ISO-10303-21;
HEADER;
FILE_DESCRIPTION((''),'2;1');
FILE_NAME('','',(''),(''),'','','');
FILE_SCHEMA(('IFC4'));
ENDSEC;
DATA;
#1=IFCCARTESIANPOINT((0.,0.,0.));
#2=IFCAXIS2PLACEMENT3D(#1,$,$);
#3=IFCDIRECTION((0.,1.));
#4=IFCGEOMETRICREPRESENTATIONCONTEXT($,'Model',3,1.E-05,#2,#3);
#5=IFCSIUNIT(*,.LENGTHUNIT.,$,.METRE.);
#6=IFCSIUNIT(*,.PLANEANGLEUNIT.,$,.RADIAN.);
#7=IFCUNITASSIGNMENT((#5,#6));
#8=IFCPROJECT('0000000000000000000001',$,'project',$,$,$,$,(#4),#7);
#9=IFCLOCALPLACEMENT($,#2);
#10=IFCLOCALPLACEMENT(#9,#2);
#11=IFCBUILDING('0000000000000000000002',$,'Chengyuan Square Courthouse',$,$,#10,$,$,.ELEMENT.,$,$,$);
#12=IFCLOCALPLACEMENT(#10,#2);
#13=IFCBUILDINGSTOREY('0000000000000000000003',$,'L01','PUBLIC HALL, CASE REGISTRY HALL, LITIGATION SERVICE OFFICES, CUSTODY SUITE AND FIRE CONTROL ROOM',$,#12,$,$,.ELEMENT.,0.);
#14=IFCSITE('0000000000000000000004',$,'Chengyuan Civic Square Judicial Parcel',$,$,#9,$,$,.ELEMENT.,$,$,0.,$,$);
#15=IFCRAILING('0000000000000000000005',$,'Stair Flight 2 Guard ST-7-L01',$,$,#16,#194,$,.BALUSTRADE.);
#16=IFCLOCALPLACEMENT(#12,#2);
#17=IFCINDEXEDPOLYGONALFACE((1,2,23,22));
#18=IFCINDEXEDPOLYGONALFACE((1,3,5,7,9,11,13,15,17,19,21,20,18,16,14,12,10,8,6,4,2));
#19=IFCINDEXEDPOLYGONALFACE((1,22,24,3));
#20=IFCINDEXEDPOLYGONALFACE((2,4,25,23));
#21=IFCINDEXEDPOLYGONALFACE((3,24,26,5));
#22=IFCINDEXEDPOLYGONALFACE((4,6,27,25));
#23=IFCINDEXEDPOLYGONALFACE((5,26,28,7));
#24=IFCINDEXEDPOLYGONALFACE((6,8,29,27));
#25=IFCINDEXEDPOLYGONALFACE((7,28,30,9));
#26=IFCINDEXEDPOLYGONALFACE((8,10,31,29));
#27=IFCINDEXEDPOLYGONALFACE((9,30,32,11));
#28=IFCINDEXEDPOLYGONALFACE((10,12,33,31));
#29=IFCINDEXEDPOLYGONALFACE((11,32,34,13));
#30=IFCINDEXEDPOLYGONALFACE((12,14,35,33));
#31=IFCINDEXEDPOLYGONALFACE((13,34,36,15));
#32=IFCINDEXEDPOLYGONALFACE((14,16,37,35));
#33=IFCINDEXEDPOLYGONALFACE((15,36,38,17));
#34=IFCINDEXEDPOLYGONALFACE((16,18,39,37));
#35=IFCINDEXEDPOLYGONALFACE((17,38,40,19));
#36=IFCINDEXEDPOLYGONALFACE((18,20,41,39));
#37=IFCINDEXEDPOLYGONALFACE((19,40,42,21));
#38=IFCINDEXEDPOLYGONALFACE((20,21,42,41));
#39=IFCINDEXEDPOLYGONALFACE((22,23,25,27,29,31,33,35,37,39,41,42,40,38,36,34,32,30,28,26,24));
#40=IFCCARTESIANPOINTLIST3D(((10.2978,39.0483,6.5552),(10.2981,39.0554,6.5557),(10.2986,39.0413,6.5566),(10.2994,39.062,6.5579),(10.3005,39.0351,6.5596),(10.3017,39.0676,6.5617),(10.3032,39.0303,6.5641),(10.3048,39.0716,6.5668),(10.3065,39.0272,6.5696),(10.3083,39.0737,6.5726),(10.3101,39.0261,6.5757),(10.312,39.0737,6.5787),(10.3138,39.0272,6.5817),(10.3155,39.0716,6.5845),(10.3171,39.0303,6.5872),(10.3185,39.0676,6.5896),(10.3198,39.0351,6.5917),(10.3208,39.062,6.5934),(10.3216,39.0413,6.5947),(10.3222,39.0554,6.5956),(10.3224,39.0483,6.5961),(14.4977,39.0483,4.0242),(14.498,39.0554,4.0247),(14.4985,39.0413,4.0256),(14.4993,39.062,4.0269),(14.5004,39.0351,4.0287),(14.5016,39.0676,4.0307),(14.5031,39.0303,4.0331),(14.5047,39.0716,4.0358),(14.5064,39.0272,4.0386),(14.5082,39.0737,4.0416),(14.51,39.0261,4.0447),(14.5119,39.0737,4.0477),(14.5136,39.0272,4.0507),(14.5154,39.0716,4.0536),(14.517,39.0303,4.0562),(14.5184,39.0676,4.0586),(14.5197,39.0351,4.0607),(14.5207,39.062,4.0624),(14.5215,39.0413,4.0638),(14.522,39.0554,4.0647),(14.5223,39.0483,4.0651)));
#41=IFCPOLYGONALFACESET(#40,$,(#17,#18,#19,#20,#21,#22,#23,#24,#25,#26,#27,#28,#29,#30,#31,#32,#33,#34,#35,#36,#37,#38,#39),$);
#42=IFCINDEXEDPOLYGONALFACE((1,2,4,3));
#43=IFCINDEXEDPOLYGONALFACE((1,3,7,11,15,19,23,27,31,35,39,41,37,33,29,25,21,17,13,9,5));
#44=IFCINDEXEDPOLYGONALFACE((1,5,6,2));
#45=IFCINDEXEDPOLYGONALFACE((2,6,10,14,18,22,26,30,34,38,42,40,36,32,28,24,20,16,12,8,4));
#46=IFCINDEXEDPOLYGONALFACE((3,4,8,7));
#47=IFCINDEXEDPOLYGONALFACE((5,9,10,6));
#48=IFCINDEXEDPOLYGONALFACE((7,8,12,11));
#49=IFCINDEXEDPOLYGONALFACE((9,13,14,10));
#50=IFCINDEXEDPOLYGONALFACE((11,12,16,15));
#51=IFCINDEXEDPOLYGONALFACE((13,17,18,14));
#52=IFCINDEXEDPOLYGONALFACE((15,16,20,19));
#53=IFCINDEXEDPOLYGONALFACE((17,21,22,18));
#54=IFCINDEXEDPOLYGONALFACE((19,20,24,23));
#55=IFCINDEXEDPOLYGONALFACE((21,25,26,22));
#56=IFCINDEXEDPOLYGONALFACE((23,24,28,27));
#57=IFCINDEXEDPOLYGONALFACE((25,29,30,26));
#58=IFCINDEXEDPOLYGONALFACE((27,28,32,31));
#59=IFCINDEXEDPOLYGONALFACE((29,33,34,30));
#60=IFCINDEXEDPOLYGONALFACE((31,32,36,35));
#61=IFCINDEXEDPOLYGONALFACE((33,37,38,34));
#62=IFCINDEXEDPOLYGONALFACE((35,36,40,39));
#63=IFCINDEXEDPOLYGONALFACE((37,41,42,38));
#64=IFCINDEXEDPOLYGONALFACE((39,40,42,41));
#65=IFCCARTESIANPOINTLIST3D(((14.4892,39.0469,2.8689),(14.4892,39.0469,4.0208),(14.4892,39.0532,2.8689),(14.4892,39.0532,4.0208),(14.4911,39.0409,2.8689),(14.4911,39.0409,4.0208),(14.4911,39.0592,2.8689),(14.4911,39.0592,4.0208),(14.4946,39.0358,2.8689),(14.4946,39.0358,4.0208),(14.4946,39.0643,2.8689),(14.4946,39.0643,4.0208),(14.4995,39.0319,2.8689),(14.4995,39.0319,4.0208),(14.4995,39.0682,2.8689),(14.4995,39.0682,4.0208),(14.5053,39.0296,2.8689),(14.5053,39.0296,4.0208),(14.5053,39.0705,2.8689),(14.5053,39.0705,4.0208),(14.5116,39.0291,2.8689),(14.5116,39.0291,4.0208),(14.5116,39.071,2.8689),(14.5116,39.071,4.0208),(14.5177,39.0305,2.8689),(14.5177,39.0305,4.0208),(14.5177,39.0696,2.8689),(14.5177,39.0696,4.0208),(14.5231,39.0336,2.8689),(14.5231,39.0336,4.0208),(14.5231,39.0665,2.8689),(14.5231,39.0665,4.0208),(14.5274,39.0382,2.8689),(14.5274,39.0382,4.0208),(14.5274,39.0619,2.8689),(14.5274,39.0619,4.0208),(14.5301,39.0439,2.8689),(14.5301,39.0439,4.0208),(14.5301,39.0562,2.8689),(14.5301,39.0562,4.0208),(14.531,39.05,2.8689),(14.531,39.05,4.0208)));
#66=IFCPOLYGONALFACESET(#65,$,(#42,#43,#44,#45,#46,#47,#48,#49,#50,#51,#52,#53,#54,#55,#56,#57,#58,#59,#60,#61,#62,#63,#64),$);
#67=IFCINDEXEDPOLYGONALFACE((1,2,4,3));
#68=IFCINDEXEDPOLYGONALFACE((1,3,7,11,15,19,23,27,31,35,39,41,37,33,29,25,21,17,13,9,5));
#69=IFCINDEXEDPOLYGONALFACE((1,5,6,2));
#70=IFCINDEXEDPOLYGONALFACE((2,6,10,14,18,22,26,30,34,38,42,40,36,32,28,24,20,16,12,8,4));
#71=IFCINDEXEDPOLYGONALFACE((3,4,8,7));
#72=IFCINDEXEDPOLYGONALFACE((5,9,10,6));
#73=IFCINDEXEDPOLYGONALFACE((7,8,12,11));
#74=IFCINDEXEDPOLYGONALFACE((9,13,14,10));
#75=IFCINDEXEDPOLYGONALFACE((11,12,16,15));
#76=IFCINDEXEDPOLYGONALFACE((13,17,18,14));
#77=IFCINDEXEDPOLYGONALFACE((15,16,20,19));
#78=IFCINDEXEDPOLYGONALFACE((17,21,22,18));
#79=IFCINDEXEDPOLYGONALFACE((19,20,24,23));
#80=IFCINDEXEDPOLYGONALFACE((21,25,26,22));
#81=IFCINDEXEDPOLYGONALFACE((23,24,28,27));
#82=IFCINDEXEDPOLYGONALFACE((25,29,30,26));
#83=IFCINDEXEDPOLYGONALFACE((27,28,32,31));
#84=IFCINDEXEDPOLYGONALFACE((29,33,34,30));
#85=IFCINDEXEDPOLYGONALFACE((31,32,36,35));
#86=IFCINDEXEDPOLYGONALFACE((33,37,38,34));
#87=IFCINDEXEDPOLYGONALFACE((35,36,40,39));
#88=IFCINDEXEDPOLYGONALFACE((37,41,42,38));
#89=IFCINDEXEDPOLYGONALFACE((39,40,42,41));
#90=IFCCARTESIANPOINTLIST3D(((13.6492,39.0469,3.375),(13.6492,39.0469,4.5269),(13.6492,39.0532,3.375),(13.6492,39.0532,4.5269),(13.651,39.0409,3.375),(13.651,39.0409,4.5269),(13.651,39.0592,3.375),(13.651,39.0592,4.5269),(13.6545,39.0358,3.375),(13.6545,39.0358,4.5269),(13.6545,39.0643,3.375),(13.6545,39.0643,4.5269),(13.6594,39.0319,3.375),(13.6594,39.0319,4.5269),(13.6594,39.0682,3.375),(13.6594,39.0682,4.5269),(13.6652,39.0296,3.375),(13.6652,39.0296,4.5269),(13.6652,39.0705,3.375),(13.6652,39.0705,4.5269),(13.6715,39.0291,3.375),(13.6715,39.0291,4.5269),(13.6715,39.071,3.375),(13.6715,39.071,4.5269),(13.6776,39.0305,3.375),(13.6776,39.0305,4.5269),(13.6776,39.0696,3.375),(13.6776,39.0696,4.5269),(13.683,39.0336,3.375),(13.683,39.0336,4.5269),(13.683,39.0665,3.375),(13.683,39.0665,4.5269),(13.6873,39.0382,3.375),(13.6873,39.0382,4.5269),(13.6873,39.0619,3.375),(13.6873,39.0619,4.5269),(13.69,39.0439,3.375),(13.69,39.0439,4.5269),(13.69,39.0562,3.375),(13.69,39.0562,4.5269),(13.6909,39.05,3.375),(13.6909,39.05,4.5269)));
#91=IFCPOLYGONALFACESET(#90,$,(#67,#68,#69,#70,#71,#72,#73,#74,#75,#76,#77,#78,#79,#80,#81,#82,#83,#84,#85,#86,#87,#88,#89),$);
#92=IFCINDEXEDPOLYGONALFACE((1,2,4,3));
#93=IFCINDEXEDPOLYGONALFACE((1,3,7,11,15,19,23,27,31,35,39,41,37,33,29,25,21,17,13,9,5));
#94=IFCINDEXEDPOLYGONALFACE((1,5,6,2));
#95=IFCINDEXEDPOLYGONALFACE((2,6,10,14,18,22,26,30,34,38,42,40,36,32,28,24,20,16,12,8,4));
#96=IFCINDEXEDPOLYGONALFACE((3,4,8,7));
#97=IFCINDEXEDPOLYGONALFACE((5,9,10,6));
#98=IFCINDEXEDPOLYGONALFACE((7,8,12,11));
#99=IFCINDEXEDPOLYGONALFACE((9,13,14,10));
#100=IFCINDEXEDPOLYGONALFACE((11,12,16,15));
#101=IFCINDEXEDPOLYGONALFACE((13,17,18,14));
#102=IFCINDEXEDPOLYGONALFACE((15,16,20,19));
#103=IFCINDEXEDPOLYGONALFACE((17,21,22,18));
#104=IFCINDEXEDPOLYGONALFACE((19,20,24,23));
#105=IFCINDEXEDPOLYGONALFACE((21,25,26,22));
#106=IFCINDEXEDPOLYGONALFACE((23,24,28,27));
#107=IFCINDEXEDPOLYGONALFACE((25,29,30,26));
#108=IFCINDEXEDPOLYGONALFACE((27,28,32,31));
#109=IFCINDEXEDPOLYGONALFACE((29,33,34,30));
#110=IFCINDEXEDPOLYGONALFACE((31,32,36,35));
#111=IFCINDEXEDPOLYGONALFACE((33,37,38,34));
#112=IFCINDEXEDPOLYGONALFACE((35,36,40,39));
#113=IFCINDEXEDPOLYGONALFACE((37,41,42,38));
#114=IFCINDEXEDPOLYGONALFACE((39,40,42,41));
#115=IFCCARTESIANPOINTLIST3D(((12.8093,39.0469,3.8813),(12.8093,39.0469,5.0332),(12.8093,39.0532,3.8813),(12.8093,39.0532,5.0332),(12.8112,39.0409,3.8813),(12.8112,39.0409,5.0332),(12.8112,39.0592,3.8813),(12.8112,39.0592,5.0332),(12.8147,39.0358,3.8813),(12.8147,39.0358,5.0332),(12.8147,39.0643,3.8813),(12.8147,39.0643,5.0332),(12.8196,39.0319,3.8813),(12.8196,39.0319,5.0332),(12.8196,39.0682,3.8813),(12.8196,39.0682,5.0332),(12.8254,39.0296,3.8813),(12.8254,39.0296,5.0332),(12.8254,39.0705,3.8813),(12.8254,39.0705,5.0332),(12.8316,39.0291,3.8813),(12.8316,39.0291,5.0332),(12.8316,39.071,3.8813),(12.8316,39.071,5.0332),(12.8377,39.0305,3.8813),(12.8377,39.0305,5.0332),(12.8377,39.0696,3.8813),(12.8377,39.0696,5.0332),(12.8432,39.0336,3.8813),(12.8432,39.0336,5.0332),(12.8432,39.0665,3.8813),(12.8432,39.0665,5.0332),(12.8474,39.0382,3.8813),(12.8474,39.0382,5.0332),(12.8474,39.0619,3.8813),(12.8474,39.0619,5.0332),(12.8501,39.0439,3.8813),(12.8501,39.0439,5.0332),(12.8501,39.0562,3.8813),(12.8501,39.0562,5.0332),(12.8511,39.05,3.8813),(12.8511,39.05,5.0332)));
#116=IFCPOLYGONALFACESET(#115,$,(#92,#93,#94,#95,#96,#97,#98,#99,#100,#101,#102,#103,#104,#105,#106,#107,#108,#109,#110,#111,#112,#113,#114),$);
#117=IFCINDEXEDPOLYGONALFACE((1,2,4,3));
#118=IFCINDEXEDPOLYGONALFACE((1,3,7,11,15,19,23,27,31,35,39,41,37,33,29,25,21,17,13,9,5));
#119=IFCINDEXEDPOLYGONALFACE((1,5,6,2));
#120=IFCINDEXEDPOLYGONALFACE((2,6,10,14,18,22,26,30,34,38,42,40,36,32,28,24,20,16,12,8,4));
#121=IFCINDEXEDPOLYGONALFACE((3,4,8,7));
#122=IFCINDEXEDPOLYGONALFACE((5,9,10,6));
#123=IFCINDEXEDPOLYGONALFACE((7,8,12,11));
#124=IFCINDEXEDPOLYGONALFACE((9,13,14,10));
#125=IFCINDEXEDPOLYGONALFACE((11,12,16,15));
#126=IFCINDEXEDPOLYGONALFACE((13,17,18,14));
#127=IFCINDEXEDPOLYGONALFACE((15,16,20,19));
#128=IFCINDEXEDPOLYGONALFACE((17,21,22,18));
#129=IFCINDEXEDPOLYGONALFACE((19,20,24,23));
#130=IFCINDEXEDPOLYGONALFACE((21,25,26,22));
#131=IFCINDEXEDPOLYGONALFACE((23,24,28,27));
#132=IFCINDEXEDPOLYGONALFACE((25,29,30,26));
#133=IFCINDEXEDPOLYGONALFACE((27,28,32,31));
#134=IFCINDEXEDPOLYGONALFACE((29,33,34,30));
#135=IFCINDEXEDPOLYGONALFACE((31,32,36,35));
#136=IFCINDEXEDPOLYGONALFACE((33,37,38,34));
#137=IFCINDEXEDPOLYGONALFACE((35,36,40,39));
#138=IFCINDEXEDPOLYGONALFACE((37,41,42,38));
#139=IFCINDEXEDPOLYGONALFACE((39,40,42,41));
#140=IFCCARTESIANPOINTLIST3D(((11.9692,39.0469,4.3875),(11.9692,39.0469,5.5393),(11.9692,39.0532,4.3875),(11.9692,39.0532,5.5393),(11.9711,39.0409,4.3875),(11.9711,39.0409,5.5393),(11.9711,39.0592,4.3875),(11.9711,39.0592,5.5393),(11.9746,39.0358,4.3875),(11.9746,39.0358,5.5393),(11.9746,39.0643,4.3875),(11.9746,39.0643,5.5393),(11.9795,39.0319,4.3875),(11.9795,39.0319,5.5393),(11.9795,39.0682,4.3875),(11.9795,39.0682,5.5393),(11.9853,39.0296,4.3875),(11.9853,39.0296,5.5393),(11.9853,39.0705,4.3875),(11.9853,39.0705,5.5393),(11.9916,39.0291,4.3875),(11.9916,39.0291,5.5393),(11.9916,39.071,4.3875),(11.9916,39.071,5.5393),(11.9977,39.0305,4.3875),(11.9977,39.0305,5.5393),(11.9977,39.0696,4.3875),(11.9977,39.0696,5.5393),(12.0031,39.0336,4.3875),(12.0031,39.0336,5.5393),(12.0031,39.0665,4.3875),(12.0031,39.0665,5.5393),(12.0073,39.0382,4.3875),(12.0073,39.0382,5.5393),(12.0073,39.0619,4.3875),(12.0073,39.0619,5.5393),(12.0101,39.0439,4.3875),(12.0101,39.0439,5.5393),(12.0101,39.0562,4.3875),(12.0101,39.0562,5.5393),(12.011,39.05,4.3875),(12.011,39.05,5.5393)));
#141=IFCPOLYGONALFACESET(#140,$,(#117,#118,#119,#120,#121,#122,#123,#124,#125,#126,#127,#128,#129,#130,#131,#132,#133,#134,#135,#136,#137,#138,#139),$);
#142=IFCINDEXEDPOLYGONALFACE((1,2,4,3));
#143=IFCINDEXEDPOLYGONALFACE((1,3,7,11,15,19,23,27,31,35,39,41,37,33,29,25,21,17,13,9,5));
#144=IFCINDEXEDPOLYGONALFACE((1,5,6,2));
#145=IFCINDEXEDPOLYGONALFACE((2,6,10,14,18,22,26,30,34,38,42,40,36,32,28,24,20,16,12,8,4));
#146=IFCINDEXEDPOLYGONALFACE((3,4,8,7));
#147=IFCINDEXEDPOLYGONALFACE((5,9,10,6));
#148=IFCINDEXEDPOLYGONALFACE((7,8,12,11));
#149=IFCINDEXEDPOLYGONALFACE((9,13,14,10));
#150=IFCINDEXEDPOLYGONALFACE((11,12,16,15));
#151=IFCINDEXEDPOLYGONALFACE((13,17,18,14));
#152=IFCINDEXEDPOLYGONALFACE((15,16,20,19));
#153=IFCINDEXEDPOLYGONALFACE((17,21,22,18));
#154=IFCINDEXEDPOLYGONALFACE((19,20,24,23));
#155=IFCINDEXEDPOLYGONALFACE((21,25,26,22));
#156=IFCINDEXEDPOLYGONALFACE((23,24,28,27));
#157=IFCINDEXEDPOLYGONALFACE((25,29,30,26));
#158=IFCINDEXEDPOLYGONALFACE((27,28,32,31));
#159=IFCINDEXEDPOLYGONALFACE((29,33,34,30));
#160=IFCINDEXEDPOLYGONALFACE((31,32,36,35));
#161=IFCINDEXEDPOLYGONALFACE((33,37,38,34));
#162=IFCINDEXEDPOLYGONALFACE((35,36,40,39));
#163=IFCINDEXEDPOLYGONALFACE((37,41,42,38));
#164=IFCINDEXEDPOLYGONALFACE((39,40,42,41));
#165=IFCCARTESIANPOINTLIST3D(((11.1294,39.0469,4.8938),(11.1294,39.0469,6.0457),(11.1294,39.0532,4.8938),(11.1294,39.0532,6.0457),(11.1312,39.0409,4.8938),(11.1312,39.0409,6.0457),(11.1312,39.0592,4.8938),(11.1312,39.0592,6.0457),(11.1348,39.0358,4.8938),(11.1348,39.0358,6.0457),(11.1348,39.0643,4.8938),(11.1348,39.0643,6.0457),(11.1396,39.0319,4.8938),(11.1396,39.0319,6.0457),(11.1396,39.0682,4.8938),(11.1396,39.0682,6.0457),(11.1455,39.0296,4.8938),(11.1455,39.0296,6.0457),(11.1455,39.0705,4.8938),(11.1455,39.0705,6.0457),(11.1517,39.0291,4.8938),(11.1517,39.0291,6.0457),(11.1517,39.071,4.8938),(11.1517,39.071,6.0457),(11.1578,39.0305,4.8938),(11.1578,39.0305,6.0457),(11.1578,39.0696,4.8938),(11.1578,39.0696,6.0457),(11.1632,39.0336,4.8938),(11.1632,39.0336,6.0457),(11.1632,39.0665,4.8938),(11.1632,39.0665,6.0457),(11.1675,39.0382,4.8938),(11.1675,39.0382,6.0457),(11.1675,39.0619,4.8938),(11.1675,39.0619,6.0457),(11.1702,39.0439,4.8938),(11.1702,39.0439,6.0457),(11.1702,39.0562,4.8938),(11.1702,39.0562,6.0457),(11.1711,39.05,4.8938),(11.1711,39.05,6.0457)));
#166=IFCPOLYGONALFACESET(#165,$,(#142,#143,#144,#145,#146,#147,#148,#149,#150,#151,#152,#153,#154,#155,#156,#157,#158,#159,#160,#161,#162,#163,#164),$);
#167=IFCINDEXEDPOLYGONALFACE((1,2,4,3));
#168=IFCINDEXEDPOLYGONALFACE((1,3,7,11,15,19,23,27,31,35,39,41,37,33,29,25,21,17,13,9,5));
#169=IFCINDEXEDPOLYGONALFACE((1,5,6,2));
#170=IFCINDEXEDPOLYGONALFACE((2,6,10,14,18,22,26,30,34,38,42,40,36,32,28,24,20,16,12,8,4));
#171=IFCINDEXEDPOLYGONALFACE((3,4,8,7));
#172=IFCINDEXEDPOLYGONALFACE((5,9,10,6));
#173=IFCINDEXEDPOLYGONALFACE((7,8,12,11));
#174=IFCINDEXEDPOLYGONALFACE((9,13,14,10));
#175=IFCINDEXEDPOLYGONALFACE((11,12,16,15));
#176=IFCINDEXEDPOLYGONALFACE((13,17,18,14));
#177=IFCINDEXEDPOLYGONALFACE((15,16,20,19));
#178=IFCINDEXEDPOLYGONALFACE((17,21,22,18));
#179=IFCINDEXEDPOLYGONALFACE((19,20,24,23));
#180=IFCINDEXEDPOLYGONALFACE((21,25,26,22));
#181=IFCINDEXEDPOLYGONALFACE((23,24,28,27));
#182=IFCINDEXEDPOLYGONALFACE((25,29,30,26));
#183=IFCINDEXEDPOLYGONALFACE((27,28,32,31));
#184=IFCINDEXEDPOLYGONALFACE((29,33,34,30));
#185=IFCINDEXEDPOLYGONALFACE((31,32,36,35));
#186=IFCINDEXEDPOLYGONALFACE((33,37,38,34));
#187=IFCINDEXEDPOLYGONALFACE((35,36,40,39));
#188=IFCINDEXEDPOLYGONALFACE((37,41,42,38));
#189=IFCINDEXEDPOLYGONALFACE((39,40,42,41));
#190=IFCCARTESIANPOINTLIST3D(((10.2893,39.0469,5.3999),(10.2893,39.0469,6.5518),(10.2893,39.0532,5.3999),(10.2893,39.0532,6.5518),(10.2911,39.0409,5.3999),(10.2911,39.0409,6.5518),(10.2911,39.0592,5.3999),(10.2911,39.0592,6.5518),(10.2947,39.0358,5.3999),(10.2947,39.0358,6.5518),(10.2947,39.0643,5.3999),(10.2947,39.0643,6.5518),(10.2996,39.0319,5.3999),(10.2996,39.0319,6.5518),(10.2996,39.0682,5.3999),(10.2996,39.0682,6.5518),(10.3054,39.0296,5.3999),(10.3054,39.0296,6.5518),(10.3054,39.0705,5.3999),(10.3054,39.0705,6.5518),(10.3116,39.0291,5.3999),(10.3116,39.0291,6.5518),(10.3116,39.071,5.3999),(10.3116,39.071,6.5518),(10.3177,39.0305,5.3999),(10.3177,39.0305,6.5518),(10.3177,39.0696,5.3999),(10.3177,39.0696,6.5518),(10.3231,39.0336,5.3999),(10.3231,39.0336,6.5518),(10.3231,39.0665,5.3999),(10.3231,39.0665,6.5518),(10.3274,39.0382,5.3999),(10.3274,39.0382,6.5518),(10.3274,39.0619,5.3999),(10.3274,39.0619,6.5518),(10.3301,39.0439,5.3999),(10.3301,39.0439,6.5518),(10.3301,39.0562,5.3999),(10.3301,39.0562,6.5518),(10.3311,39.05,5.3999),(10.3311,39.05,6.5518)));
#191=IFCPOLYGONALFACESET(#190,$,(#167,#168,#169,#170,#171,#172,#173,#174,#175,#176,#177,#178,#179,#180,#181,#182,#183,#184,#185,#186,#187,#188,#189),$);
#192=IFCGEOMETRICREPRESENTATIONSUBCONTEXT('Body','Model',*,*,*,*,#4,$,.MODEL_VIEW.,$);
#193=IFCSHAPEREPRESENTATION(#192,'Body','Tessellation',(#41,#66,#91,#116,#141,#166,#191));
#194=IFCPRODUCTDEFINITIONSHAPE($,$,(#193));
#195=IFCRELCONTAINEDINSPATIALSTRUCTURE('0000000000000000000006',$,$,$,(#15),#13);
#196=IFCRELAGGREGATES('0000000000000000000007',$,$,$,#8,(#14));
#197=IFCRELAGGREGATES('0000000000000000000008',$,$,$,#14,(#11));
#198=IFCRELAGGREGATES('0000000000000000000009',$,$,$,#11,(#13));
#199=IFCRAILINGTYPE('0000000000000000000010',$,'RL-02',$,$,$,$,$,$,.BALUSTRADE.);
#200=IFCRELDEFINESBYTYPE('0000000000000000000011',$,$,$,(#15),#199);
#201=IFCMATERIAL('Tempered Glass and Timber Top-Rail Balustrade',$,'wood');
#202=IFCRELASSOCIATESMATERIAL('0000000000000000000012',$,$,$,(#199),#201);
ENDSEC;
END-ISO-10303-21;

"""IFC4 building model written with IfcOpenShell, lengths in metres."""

from ifc_helpers import new_model, si_unit, direction, frame, origin, origin_2d, place, context, subcontext, project, spatial, circle, extrude, material, type_object, element, save


model = new_model("IFC4")

# Units and contexts
model_context = context("Model", 3, precision=1e-05, world=origin(), true_north=direction((0.0, 1.0)))
body_context = subcontext(model_context, "Body", "Model", "MODEL_VIEW")
ifc_project = project(units=[si_unit("LENGTHUNIT", "METRE"), si_unit("PLANEANGLEUNIT", "RADIAN")], contexts=[model_context])

# Site, building, storey
site_placement = place(None, origin())
site = spatial("IfcSite", under=ifc_project, at=site_placement, Name="Chengyuan Civic Square Judicial Parcel", CompositionType="ELEMENT", RefElevation=0.0)
building_placement = place(site_placement, origin())
building = spatial("IfcBuilding", under=site, at=building_placement, Name="Chengyuan Square Courthouse", CompositionType="ELEMENT")
storey_placement = place(building_placement, origin())
storey = spatial("IfcBuildingStorey", under=building, at=storey_placement, Name="L01", Description="PUBLIC HALL, CASE REGISTRY HALL, LITIGATION SERVICE OFFICES, CUSTODY SUITE AND FIRE CONTROL ROOM", CompositionType="ELEMENT", Elevation=0.0)

# Railing
ifc_material_1 = material(Name="Tempered Glass and Timber Top-Rail Balustrade", Category="wood")
railing_type_1 = type_object("IfcRailingType", Name="RL-02", PredefinedType="BALUSTRADE", material=ifc_material_1)
railing_1_placement = place(storey_placement, frame((14.51, 39.05, 2.8689)))
element("IfcRailing", 1, at=railing_1_placement, inside=storey, type_object=railing_type_1, Name="Stair Flight 2 Guard ST-7-L01", PredefinedType="BALUSTRADE", context=body_context, shape_type="SweptSolid", body=[
    extrude(circle(Radius=0.0239, at=origin_2d()), frame((0.0, 0.0, 1.1758), z_axis=(-0.856499, 0.0, 0.51615), x_axis=(0.0, -1.0, 0.0)), (0.0, 0.0, 1.0), 4.9036),
    extrude(circle(Radius=0.021, at=origin_2d()), origin(), (0.0, 0.0, 1.0), 1.1519),
    extrude(circle(Radius=0.021, at=origin_2d()), frame((-0.8401, 0.0, 0.5061)), (0.0, 0.0, 1.0), 1.1519),
    extrude(circle(Radius=0.021, at=origin_2d()), frame((-1.6799, 0.0, 1.0125)), (0.0, 0.0, 1.0), 1.1519),
    extrude(circle(Radius=0.021, at=origin_2d()), frame((-2.52, 0.0, 1.5186)), (0.0, 0.0, 1.0), 1.1519),
    extrude(circle(Radius=0.021, at=origin_2d()), frame((-3.3599, 0.0, 2.0249)), (0.0, 0.0, 1.0), 1.1519),
    extrude(circle(Radius=0.021, at=origin_2d()), frame((-4.2, 0.0, 2.531)), (0.0, 0.0, 1.0), 1.1519),
])

save(model, "model.ifc")
